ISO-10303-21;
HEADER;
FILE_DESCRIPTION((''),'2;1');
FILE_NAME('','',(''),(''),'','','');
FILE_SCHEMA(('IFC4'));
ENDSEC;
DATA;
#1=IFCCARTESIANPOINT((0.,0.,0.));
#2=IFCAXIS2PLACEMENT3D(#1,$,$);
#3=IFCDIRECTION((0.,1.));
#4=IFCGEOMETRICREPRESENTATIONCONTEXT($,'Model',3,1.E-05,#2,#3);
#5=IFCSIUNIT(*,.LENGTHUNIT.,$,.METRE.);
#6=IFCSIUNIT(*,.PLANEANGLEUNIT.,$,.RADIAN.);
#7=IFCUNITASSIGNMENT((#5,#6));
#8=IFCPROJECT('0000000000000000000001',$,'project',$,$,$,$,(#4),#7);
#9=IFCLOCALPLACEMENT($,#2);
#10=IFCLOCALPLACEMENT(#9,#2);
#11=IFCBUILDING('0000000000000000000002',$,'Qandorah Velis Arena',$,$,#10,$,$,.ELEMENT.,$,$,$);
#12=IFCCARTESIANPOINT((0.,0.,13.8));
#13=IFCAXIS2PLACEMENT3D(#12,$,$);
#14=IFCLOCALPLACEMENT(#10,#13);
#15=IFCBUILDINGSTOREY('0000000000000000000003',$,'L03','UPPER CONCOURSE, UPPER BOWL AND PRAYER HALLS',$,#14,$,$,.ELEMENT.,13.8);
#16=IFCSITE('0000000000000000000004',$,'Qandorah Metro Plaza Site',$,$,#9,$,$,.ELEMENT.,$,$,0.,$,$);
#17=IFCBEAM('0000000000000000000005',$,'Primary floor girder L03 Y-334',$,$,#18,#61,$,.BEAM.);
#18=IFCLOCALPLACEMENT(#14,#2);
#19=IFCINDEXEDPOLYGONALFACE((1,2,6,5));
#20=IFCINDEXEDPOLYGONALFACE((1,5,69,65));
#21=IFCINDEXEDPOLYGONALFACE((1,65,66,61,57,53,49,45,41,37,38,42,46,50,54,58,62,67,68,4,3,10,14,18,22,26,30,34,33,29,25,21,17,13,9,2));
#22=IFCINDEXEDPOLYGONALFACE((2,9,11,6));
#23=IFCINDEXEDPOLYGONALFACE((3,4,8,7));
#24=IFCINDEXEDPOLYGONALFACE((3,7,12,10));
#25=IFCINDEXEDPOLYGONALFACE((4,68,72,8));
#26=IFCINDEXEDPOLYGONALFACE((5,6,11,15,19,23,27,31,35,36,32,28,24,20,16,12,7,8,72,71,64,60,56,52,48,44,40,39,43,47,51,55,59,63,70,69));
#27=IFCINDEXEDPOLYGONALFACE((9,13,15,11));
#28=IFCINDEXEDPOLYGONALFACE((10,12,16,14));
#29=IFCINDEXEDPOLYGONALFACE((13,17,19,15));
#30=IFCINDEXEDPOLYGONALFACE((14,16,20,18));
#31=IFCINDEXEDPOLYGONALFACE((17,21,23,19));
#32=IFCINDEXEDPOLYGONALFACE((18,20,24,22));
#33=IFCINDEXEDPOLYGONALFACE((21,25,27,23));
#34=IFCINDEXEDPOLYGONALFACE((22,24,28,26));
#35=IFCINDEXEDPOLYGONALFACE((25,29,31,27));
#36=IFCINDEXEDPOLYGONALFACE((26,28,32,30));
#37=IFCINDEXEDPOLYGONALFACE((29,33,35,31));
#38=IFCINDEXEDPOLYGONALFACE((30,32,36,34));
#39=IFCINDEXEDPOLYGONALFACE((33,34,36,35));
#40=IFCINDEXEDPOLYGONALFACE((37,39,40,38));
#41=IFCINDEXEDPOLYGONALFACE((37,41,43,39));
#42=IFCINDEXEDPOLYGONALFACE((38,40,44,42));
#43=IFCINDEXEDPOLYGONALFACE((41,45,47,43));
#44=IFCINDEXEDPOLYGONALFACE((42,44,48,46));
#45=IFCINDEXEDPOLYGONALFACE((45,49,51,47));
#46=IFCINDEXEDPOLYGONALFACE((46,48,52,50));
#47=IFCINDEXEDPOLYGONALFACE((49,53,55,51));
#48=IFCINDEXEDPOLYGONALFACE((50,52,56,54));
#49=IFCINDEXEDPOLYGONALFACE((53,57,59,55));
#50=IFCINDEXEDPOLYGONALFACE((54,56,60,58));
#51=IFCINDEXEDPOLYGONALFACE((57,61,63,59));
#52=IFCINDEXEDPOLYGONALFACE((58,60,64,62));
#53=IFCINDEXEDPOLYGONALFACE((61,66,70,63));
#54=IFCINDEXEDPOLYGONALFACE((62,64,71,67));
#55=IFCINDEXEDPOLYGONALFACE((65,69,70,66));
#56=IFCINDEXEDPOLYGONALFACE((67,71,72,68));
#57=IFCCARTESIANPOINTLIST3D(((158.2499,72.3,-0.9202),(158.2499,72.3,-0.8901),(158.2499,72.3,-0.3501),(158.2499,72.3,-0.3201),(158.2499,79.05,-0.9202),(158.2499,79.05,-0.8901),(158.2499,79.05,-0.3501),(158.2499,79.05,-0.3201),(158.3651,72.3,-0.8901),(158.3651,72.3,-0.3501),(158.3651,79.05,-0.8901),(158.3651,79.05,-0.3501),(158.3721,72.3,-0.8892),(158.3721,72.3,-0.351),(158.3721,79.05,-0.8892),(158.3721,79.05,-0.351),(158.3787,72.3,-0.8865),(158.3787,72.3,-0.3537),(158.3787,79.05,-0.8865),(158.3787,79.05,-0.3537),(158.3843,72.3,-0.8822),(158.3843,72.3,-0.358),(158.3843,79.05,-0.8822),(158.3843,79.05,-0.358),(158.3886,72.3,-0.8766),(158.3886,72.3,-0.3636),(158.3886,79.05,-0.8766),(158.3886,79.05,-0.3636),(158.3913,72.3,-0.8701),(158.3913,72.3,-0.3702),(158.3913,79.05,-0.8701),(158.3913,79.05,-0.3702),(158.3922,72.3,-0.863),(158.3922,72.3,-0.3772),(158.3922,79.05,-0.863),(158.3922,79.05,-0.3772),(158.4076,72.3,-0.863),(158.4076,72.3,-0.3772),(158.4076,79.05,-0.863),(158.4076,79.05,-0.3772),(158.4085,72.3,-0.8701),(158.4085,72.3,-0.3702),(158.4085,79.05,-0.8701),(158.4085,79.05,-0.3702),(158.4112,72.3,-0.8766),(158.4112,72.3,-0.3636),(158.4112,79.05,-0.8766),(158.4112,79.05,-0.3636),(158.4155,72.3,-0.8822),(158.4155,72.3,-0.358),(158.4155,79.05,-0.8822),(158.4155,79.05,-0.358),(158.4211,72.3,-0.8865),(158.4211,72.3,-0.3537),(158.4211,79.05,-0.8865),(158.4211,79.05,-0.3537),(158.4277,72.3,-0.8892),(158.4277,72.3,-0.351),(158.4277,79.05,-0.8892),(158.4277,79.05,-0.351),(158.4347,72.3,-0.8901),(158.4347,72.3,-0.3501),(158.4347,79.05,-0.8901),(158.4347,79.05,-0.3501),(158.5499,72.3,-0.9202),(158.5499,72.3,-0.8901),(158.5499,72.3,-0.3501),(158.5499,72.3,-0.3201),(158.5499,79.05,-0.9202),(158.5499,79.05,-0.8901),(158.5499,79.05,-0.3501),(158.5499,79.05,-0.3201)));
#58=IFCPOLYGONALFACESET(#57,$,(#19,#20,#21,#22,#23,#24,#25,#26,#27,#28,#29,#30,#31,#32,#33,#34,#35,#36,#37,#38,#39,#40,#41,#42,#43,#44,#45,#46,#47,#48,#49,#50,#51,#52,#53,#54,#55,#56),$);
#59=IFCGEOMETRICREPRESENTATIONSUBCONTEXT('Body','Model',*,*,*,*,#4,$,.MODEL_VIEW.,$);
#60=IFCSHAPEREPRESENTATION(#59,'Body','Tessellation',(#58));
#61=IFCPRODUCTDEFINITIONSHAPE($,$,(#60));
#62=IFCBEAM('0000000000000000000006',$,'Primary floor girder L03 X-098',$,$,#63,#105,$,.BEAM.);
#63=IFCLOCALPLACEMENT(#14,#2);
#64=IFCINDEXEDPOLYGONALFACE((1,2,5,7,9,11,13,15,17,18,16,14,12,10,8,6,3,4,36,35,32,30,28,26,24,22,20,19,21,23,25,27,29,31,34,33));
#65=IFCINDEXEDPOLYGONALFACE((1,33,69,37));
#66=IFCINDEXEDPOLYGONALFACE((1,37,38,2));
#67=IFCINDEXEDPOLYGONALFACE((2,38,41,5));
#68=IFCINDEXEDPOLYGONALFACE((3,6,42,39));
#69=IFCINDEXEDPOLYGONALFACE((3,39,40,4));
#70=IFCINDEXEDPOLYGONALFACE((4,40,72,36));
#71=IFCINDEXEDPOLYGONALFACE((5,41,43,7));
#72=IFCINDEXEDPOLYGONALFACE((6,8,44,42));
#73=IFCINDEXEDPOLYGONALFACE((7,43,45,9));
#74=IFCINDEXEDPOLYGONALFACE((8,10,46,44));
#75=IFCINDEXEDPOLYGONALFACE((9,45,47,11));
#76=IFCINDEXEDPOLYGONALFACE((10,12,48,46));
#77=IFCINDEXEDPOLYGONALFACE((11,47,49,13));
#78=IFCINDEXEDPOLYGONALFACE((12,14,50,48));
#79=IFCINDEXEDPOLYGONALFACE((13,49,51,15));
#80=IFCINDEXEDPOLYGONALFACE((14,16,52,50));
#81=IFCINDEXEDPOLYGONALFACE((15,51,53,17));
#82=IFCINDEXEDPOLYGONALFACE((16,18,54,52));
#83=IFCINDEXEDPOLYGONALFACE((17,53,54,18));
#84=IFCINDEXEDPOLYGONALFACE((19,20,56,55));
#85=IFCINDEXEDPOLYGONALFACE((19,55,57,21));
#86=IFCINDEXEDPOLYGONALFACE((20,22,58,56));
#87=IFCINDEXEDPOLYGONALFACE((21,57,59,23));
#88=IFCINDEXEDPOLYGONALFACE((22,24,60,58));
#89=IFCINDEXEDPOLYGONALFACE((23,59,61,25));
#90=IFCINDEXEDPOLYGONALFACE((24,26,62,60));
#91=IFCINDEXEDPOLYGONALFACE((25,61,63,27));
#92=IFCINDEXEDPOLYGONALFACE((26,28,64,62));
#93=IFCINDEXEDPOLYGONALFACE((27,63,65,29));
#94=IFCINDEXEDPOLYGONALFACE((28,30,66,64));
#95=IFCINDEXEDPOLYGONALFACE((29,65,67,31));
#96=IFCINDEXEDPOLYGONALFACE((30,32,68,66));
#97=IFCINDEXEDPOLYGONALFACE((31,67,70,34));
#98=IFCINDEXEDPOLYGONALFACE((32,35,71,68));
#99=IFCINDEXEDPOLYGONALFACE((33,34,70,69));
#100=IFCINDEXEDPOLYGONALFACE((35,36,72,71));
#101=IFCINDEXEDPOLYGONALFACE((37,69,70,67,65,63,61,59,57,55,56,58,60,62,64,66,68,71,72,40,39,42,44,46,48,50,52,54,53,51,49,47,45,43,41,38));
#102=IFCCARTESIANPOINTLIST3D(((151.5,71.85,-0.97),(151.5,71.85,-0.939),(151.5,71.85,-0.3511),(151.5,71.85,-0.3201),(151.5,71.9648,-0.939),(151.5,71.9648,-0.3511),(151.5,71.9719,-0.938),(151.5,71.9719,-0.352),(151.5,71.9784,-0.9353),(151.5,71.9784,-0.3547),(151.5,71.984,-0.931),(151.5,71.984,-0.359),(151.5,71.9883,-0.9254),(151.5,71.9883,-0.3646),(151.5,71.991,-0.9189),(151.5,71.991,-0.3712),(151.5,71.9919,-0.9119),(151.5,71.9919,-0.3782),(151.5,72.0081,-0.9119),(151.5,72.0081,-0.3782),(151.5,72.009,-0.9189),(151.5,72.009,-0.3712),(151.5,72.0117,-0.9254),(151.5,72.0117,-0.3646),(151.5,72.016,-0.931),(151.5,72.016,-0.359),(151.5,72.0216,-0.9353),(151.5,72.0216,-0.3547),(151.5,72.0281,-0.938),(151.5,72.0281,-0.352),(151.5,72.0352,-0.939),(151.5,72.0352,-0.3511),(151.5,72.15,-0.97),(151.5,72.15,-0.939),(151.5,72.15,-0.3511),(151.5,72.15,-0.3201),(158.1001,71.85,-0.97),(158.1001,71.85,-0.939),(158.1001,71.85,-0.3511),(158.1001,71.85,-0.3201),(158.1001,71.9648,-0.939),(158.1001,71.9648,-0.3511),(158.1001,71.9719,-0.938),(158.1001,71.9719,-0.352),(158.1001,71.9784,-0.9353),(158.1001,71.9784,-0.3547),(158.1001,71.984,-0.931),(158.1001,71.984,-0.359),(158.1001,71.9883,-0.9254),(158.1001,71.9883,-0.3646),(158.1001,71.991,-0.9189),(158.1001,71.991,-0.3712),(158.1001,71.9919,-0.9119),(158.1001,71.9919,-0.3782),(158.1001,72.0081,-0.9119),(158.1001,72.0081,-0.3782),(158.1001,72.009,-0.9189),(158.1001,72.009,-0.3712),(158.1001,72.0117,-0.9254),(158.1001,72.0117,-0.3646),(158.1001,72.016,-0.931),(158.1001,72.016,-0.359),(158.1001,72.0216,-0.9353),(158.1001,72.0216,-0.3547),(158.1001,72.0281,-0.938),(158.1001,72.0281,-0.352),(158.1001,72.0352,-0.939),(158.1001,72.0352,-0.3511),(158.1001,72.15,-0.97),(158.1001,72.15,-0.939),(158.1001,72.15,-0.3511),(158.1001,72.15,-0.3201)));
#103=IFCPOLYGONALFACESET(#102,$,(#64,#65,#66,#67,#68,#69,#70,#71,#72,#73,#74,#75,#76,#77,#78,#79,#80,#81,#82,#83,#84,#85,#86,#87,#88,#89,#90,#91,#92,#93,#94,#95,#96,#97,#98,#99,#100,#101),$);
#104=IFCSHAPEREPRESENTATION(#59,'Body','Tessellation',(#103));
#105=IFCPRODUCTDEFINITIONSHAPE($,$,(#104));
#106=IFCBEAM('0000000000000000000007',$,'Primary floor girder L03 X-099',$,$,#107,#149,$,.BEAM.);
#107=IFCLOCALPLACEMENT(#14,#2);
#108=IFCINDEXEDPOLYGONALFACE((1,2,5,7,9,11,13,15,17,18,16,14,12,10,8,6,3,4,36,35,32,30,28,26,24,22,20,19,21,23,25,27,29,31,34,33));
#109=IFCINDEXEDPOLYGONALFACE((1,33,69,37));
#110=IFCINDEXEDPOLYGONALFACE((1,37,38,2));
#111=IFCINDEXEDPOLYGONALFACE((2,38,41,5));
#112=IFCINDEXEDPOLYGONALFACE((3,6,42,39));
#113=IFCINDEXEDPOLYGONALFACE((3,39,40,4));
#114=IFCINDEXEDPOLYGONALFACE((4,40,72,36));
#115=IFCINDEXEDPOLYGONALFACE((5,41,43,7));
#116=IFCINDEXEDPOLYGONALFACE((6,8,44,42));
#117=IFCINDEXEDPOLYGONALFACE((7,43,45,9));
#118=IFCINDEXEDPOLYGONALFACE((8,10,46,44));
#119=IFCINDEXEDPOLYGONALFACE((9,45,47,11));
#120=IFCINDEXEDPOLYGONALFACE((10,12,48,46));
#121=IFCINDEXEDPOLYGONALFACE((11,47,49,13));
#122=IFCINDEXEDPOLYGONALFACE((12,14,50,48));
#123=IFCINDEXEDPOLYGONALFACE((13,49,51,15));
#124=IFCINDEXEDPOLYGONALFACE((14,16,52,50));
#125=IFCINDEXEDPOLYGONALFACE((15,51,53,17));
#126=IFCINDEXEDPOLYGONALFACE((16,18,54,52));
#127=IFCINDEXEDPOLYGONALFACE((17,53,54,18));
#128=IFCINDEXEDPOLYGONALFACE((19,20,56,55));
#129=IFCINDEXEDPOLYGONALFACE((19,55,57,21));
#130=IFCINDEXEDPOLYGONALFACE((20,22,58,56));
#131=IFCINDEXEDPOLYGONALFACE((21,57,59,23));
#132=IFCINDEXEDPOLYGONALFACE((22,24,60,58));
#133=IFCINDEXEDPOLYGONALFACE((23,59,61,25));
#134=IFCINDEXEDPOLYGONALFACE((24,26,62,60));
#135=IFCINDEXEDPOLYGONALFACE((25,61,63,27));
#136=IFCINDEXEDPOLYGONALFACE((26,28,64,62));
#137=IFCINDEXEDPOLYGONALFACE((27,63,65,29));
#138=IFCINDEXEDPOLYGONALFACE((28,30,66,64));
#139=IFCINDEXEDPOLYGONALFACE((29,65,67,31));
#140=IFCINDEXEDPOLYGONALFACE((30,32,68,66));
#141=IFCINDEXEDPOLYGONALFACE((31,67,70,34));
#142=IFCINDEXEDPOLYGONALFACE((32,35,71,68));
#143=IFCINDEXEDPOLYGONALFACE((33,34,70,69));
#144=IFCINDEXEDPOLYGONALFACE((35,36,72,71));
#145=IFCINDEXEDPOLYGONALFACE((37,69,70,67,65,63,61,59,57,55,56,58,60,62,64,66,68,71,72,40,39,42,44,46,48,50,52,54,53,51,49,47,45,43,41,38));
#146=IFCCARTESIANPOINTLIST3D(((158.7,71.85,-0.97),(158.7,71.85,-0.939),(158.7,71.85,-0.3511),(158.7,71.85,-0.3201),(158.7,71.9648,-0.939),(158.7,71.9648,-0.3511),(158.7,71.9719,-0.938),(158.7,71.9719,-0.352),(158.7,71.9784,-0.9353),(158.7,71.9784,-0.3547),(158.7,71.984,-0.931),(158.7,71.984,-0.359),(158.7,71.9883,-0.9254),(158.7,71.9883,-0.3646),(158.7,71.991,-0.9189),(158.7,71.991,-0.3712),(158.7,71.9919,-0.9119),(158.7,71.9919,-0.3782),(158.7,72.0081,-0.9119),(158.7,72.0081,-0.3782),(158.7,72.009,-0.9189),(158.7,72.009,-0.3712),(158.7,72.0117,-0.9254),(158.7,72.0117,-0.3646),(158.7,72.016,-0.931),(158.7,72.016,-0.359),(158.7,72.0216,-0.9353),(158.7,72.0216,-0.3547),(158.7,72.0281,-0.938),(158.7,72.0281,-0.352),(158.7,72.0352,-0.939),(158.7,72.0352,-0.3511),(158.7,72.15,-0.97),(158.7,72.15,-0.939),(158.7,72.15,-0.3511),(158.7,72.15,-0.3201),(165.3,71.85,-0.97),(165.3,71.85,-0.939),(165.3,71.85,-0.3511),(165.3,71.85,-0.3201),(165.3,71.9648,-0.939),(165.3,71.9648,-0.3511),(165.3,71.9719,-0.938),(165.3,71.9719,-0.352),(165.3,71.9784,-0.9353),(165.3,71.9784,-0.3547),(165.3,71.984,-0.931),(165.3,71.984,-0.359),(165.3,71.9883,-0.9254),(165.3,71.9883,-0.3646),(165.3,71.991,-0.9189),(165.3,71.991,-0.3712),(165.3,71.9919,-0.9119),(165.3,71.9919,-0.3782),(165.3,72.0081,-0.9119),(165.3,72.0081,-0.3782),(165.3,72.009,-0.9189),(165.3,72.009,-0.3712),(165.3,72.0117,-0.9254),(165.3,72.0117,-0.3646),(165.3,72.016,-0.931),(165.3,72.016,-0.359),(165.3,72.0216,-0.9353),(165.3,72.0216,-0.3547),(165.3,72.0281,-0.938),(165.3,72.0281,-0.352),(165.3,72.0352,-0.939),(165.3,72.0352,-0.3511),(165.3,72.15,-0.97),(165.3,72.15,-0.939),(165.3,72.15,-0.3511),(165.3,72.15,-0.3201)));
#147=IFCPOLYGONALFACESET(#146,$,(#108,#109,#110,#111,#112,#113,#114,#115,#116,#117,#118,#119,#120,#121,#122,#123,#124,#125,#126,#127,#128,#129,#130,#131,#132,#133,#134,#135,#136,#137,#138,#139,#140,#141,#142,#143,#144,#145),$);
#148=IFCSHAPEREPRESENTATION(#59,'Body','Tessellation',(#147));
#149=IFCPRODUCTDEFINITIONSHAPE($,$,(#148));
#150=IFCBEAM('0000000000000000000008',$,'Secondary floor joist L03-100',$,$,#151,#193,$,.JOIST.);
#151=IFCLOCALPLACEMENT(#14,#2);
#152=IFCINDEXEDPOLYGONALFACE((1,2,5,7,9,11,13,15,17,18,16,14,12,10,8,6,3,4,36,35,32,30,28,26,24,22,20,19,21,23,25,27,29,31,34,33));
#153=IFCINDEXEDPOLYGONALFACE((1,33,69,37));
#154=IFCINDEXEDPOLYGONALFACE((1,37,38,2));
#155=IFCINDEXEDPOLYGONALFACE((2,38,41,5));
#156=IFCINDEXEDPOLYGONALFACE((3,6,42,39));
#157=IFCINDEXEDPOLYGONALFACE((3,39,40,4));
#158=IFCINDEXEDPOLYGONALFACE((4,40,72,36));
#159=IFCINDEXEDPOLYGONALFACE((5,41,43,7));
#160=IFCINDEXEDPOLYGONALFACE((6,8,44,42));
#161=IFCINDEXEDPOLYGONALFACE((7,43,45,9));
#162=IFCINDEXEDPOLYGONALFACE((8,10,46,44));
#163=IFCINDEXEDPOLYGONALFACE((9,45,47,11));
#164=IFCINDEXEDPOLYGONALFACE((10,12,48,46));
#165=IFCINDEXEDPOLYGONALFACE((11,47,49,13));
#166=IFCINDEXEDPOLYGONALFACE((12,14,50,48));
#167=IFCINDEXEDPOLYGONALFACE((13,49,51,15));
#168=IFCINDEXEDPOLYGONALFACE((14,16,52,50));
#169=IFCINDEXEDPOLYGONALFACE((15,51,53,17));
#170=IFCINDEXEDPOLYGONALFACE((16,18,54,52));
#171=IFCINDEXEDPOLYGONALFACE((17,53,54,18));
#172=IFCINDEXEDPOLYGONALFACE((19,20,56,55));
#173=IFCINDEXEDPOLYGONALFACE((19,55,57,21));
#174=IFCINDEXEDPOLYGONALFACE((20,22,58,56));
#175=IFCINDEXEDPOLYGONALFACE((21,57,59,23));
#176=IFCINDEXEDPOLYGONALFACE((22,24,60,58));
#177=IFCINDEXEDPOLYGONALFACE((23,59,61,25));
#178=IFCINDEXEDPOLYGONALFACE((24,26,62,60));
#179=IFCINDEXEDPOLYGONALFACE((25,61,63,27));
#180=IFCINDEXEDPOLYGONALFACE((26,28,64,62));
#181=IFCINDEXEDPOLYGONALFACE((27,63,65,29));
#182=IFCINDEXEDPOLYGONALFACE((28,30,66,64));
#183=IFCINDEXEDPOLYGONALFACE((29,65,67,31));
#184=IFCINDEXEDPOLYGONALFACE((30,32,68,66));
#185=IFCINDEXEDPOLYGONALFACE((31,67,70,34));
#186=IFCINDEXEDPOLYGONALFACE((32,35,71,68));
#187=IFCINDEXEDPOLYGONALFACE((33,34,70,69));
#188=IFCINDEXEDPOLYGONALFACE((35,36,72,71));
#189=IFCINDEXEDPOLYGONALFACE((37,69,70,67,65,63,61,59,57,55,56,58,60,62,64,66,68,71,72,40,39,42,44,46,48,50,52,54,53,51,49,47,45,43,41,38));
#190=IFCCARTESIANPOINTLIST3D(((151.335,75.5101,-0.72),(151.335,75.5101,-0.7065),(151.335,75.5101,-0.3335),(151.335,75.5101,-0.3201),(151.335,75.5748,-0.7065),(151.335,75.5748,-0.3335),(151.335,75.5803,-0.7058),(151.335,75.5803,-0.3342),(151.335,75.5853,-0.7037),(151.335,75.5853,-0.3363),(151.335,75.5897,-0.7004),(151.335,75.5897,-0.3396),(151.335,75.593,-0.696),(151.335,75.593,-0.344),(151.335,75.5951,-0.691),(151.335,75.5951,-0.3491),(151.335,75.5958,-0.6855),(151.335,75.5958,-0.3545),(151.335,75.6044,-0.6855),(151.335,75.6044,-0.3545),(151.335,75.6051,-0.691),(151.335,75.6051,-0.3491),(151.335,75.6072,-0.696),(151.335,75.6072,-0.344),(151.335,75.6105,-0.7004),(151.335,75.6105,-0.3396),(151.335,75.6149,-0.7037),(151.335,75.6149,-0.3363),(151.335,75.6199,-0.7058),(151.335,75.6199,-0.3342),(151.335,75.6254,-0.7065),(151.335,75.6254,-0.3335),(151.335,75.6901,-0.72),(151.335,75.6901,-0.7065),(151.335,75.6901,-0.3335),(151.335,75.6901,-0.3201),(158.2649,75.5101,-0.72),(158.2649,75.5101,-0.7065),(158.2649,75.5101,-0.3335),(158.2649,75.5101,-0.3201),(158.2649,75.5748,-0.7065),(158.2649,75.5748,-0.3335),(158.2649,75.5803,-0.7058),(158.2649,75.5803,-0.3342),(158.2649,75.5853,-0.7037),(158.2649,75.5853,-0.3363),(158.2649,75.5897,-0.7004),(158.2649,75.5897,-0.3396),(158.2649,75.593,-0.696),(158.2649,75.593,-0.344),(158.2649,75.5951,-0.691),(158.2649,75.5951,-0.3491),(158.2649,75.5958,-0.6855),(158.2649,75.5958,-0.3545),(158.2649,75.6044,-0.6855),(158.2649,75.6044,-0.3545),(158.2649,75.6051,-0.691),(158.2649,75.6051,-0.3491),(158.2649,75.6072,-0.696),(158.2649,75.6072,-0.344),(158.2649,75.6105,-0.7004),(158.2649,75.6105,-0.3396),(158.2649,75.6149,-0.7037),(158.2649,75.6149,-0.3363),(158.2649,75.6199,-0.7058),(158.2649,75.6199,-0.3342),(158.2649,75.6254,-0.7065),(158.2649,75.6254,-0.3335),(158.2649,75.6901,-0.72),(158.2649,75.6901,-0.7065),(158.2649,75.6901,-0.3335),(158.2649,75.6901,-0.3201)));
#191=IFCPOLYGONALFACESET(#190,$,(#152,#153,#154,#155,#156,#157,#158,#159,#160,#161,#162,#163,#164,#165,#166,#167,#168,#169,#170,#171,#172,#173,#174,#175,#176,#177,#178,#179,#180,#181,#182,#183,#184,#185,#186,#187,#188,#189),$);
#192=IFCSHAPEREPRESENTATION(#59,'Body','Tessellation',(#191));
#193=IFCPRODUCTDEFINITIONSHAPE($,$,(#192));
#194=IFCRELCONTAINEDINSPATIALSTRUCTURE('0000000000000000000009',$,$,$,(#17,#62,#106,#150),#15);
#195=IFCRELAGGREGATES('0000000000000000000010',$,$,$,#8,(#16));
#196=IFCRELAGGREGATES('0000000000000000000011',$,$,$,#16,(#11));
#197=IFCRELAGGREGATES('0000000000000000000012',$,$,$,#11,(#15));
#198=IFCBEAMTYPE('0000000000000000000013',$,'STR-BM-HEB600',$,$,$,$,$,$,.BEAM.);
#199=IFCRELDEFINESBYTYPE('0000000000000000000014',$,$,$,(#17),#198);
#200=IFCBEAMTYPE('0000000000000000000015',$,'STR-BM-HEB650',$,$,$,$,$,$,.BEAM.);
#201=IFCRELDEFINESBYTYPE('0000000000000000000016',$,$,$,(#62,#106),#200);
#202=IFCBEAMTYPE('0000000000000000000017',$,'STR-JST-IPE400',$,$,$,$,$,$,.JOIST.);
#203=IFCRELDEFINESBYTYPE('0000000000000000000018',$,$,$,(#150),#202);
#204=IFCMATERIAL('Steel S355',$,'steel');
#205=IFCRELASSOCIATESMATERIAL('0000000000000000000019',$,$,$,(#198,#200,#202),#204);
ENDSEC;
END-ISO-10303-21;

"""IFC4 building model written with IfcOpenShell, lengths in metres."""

from ifc_helpers import new_model, si_unit, direction, frame, origin, origin_2d, place, context, subcontext, project, spatial, i_section, extrude, material, material_profile, profile_set, type_object, element, save


model = new_model("IFC4")

# Units and contexts
model_context = context("Model", 3, precision=1e-05, world=origin(), true_north=direction((0.0, 1.0)))
body_context = subcontext(model_context, "Body", "Model", "MODEL_VIEW")
ifc_project = project(units=[si_unit("LENGTHUNIT", "METRE"), si_unit("PLANEANGLEUNIT", "RADIAN")], contexts=[model_context])

# Site, building, storey
site_placement = place(None, origin())
site = spatial("IfcSite", under=ifc_project, at=site_placement, Name="Qandorah Metro Plaza Site", CompositionType="ELEMENT", RefElevation=0.0)
building_placement = place(site_placement, origin())
building = spatial("IfcBuilding", under=site, at=building_placement, Name="Qandorah Velis Arena", CompositionType="ELEMENT")
storey_placement = place(building_placement, frame((0.0, 0.0, 13.8)))
storey = spatial("IfcBuildingStorey", under=building, at=storey_placement, Name="L03", Description="UPPER CONCOURSE, UPPER BOWL AND PRAYER HALLS", CompositionType="ELEMENT", Elevation=13.8)

# Beams
ifc_material_1 = material(Name="Steel S355", Category="steel")
ifc_material_profile_1 = material_profile(ifc_material_1, i_section(OverallWidth=0.3, OverallDepth=0.6001, WebThickness=0.0154, FlangeThickness=0.03, FilletRadius=0.0271, at=origin_2d()), Name="HEB 600")
ifc_profile_set_1 = profile_set([ifc_material_profile_1], Name="Steel S355")
beam_type_1 = type_object("IfcBeamType", Name="STR-BM-HEB600", PredefinedType="BEAM", material=ifc_profile_set_1)
for number, where, z_axis, x_axis, name in (
    (1, (158.3999, 72.3, -0.6201), (0.0, 1.0, 0.0), (-1.0, 0.0, 0.0), "Primary floor girder L03 Y-334"),
):
    element("IfcBeam", number, at=place(storey_placement, frame(where, z_axis=z_axis, x_axis=x_axis)), inside=storey, type_object=beam_type_1, Name=name, PredefinedType="BEAM", context=body_context, shape_type="SweptSolid", body=[
        extrude(i_section(OverallWidth=0.3, OverallDepth=0.6001, WebThickness=0.0154, FlangeThickness=0.03, FilletRadius=0.0271, at=origin_2d()), origin(), (0.0, 0.0, 1.0), 6.75),
    ])
ifc_material_profile_2 = material_profile(ifc_material_1, i_section(OverallWidth=0.3, OverallDepth=0.6499, WebThickness=0.0161, FlangeThickness=0.031, FilletRadius=0.0271, at=origin_2d()), Name="HEB 650")
ifc_profile_set_2 = profile_set([ifc_material_profile_2], Name="Steel S355")
beam_type_2 = type_object("IfcBeamType", Name="STR-BM-HEB650", PredefinedType="BEAM", material=ifc_profile_set_2)
for number, where, z_axis, x_axis, name in (
    (2, (151.5, 72.0, -0.645), (1.0, 0.0, 0.0), (0.0, 1.0, 0.0), "Primary floor girder L03 X-098"),
    (3, (158.7, 72.0, -0.645), (1.0, 0.0, 0.0), (0.0, 1.0, 0.0), "Primary floor girder L03 X-099"),
):
    element("IfcBeam", number, at=place(storey_placement, frame(where, z_axis=z_axis, x_axis=x_axis)), inside=storey, type_object=beam_type_2, Name=name, PredefinedType="BEAM", context=body_context, shape_type="SweptSolid", body=[
        extrude(i_section(OverallWidth=0.3, OverallDepth=0.6499, WebThickness=0.0161, FlangeThickness=0.031, FilletRadius=0.0271, at=origin_2d()), origin(), (0.0, 0.0, 1.0), 6.6001),
    ])
ifc_material_profile_3 = material_profile(ifc_material_1, i_section(OverallWidth=0.1799, OverallDepth=0.3999, WebThickness=0.0085, FlangeThickness=0.0134, FilletRadius=0.021, at=origin_2d()), Name="IPE 400")
ifc_profile_set_3 = profile_set([ifc_material_profile_3], Name="Steel S355")
beam_type_3 = type_object("IfcBeamType", Name="STR-JST-IPE400", PredefinedType="JOIST", material=ifc_profile_set_3)
beam_1_placement = place(storey_placement, frame((151.335, 75.6001, -0.52), z_axis=(1.0, 0.0, 0.0), x_axis=(0.0, 1.0, 0.0)))
element("IfcBeam", 4, at=beam_1_placement, inside=storey, type_object=beam_type_3, Name="Secondary floor joist L03-100", PredefinedType="JOIST", context=body_context, shape_type="SweptSolid", body=[
    extrude(i_section(OverallWidth=0.1799, OverallDepth=0.3999, WebThickness=0.0085, FlangeThickness=0.0134, FilletRadius=0.021, at=origin_2d()), origin(), (0.0, 0.0, 1.0), 6.9299),
])

save(model, "model.ifc")
